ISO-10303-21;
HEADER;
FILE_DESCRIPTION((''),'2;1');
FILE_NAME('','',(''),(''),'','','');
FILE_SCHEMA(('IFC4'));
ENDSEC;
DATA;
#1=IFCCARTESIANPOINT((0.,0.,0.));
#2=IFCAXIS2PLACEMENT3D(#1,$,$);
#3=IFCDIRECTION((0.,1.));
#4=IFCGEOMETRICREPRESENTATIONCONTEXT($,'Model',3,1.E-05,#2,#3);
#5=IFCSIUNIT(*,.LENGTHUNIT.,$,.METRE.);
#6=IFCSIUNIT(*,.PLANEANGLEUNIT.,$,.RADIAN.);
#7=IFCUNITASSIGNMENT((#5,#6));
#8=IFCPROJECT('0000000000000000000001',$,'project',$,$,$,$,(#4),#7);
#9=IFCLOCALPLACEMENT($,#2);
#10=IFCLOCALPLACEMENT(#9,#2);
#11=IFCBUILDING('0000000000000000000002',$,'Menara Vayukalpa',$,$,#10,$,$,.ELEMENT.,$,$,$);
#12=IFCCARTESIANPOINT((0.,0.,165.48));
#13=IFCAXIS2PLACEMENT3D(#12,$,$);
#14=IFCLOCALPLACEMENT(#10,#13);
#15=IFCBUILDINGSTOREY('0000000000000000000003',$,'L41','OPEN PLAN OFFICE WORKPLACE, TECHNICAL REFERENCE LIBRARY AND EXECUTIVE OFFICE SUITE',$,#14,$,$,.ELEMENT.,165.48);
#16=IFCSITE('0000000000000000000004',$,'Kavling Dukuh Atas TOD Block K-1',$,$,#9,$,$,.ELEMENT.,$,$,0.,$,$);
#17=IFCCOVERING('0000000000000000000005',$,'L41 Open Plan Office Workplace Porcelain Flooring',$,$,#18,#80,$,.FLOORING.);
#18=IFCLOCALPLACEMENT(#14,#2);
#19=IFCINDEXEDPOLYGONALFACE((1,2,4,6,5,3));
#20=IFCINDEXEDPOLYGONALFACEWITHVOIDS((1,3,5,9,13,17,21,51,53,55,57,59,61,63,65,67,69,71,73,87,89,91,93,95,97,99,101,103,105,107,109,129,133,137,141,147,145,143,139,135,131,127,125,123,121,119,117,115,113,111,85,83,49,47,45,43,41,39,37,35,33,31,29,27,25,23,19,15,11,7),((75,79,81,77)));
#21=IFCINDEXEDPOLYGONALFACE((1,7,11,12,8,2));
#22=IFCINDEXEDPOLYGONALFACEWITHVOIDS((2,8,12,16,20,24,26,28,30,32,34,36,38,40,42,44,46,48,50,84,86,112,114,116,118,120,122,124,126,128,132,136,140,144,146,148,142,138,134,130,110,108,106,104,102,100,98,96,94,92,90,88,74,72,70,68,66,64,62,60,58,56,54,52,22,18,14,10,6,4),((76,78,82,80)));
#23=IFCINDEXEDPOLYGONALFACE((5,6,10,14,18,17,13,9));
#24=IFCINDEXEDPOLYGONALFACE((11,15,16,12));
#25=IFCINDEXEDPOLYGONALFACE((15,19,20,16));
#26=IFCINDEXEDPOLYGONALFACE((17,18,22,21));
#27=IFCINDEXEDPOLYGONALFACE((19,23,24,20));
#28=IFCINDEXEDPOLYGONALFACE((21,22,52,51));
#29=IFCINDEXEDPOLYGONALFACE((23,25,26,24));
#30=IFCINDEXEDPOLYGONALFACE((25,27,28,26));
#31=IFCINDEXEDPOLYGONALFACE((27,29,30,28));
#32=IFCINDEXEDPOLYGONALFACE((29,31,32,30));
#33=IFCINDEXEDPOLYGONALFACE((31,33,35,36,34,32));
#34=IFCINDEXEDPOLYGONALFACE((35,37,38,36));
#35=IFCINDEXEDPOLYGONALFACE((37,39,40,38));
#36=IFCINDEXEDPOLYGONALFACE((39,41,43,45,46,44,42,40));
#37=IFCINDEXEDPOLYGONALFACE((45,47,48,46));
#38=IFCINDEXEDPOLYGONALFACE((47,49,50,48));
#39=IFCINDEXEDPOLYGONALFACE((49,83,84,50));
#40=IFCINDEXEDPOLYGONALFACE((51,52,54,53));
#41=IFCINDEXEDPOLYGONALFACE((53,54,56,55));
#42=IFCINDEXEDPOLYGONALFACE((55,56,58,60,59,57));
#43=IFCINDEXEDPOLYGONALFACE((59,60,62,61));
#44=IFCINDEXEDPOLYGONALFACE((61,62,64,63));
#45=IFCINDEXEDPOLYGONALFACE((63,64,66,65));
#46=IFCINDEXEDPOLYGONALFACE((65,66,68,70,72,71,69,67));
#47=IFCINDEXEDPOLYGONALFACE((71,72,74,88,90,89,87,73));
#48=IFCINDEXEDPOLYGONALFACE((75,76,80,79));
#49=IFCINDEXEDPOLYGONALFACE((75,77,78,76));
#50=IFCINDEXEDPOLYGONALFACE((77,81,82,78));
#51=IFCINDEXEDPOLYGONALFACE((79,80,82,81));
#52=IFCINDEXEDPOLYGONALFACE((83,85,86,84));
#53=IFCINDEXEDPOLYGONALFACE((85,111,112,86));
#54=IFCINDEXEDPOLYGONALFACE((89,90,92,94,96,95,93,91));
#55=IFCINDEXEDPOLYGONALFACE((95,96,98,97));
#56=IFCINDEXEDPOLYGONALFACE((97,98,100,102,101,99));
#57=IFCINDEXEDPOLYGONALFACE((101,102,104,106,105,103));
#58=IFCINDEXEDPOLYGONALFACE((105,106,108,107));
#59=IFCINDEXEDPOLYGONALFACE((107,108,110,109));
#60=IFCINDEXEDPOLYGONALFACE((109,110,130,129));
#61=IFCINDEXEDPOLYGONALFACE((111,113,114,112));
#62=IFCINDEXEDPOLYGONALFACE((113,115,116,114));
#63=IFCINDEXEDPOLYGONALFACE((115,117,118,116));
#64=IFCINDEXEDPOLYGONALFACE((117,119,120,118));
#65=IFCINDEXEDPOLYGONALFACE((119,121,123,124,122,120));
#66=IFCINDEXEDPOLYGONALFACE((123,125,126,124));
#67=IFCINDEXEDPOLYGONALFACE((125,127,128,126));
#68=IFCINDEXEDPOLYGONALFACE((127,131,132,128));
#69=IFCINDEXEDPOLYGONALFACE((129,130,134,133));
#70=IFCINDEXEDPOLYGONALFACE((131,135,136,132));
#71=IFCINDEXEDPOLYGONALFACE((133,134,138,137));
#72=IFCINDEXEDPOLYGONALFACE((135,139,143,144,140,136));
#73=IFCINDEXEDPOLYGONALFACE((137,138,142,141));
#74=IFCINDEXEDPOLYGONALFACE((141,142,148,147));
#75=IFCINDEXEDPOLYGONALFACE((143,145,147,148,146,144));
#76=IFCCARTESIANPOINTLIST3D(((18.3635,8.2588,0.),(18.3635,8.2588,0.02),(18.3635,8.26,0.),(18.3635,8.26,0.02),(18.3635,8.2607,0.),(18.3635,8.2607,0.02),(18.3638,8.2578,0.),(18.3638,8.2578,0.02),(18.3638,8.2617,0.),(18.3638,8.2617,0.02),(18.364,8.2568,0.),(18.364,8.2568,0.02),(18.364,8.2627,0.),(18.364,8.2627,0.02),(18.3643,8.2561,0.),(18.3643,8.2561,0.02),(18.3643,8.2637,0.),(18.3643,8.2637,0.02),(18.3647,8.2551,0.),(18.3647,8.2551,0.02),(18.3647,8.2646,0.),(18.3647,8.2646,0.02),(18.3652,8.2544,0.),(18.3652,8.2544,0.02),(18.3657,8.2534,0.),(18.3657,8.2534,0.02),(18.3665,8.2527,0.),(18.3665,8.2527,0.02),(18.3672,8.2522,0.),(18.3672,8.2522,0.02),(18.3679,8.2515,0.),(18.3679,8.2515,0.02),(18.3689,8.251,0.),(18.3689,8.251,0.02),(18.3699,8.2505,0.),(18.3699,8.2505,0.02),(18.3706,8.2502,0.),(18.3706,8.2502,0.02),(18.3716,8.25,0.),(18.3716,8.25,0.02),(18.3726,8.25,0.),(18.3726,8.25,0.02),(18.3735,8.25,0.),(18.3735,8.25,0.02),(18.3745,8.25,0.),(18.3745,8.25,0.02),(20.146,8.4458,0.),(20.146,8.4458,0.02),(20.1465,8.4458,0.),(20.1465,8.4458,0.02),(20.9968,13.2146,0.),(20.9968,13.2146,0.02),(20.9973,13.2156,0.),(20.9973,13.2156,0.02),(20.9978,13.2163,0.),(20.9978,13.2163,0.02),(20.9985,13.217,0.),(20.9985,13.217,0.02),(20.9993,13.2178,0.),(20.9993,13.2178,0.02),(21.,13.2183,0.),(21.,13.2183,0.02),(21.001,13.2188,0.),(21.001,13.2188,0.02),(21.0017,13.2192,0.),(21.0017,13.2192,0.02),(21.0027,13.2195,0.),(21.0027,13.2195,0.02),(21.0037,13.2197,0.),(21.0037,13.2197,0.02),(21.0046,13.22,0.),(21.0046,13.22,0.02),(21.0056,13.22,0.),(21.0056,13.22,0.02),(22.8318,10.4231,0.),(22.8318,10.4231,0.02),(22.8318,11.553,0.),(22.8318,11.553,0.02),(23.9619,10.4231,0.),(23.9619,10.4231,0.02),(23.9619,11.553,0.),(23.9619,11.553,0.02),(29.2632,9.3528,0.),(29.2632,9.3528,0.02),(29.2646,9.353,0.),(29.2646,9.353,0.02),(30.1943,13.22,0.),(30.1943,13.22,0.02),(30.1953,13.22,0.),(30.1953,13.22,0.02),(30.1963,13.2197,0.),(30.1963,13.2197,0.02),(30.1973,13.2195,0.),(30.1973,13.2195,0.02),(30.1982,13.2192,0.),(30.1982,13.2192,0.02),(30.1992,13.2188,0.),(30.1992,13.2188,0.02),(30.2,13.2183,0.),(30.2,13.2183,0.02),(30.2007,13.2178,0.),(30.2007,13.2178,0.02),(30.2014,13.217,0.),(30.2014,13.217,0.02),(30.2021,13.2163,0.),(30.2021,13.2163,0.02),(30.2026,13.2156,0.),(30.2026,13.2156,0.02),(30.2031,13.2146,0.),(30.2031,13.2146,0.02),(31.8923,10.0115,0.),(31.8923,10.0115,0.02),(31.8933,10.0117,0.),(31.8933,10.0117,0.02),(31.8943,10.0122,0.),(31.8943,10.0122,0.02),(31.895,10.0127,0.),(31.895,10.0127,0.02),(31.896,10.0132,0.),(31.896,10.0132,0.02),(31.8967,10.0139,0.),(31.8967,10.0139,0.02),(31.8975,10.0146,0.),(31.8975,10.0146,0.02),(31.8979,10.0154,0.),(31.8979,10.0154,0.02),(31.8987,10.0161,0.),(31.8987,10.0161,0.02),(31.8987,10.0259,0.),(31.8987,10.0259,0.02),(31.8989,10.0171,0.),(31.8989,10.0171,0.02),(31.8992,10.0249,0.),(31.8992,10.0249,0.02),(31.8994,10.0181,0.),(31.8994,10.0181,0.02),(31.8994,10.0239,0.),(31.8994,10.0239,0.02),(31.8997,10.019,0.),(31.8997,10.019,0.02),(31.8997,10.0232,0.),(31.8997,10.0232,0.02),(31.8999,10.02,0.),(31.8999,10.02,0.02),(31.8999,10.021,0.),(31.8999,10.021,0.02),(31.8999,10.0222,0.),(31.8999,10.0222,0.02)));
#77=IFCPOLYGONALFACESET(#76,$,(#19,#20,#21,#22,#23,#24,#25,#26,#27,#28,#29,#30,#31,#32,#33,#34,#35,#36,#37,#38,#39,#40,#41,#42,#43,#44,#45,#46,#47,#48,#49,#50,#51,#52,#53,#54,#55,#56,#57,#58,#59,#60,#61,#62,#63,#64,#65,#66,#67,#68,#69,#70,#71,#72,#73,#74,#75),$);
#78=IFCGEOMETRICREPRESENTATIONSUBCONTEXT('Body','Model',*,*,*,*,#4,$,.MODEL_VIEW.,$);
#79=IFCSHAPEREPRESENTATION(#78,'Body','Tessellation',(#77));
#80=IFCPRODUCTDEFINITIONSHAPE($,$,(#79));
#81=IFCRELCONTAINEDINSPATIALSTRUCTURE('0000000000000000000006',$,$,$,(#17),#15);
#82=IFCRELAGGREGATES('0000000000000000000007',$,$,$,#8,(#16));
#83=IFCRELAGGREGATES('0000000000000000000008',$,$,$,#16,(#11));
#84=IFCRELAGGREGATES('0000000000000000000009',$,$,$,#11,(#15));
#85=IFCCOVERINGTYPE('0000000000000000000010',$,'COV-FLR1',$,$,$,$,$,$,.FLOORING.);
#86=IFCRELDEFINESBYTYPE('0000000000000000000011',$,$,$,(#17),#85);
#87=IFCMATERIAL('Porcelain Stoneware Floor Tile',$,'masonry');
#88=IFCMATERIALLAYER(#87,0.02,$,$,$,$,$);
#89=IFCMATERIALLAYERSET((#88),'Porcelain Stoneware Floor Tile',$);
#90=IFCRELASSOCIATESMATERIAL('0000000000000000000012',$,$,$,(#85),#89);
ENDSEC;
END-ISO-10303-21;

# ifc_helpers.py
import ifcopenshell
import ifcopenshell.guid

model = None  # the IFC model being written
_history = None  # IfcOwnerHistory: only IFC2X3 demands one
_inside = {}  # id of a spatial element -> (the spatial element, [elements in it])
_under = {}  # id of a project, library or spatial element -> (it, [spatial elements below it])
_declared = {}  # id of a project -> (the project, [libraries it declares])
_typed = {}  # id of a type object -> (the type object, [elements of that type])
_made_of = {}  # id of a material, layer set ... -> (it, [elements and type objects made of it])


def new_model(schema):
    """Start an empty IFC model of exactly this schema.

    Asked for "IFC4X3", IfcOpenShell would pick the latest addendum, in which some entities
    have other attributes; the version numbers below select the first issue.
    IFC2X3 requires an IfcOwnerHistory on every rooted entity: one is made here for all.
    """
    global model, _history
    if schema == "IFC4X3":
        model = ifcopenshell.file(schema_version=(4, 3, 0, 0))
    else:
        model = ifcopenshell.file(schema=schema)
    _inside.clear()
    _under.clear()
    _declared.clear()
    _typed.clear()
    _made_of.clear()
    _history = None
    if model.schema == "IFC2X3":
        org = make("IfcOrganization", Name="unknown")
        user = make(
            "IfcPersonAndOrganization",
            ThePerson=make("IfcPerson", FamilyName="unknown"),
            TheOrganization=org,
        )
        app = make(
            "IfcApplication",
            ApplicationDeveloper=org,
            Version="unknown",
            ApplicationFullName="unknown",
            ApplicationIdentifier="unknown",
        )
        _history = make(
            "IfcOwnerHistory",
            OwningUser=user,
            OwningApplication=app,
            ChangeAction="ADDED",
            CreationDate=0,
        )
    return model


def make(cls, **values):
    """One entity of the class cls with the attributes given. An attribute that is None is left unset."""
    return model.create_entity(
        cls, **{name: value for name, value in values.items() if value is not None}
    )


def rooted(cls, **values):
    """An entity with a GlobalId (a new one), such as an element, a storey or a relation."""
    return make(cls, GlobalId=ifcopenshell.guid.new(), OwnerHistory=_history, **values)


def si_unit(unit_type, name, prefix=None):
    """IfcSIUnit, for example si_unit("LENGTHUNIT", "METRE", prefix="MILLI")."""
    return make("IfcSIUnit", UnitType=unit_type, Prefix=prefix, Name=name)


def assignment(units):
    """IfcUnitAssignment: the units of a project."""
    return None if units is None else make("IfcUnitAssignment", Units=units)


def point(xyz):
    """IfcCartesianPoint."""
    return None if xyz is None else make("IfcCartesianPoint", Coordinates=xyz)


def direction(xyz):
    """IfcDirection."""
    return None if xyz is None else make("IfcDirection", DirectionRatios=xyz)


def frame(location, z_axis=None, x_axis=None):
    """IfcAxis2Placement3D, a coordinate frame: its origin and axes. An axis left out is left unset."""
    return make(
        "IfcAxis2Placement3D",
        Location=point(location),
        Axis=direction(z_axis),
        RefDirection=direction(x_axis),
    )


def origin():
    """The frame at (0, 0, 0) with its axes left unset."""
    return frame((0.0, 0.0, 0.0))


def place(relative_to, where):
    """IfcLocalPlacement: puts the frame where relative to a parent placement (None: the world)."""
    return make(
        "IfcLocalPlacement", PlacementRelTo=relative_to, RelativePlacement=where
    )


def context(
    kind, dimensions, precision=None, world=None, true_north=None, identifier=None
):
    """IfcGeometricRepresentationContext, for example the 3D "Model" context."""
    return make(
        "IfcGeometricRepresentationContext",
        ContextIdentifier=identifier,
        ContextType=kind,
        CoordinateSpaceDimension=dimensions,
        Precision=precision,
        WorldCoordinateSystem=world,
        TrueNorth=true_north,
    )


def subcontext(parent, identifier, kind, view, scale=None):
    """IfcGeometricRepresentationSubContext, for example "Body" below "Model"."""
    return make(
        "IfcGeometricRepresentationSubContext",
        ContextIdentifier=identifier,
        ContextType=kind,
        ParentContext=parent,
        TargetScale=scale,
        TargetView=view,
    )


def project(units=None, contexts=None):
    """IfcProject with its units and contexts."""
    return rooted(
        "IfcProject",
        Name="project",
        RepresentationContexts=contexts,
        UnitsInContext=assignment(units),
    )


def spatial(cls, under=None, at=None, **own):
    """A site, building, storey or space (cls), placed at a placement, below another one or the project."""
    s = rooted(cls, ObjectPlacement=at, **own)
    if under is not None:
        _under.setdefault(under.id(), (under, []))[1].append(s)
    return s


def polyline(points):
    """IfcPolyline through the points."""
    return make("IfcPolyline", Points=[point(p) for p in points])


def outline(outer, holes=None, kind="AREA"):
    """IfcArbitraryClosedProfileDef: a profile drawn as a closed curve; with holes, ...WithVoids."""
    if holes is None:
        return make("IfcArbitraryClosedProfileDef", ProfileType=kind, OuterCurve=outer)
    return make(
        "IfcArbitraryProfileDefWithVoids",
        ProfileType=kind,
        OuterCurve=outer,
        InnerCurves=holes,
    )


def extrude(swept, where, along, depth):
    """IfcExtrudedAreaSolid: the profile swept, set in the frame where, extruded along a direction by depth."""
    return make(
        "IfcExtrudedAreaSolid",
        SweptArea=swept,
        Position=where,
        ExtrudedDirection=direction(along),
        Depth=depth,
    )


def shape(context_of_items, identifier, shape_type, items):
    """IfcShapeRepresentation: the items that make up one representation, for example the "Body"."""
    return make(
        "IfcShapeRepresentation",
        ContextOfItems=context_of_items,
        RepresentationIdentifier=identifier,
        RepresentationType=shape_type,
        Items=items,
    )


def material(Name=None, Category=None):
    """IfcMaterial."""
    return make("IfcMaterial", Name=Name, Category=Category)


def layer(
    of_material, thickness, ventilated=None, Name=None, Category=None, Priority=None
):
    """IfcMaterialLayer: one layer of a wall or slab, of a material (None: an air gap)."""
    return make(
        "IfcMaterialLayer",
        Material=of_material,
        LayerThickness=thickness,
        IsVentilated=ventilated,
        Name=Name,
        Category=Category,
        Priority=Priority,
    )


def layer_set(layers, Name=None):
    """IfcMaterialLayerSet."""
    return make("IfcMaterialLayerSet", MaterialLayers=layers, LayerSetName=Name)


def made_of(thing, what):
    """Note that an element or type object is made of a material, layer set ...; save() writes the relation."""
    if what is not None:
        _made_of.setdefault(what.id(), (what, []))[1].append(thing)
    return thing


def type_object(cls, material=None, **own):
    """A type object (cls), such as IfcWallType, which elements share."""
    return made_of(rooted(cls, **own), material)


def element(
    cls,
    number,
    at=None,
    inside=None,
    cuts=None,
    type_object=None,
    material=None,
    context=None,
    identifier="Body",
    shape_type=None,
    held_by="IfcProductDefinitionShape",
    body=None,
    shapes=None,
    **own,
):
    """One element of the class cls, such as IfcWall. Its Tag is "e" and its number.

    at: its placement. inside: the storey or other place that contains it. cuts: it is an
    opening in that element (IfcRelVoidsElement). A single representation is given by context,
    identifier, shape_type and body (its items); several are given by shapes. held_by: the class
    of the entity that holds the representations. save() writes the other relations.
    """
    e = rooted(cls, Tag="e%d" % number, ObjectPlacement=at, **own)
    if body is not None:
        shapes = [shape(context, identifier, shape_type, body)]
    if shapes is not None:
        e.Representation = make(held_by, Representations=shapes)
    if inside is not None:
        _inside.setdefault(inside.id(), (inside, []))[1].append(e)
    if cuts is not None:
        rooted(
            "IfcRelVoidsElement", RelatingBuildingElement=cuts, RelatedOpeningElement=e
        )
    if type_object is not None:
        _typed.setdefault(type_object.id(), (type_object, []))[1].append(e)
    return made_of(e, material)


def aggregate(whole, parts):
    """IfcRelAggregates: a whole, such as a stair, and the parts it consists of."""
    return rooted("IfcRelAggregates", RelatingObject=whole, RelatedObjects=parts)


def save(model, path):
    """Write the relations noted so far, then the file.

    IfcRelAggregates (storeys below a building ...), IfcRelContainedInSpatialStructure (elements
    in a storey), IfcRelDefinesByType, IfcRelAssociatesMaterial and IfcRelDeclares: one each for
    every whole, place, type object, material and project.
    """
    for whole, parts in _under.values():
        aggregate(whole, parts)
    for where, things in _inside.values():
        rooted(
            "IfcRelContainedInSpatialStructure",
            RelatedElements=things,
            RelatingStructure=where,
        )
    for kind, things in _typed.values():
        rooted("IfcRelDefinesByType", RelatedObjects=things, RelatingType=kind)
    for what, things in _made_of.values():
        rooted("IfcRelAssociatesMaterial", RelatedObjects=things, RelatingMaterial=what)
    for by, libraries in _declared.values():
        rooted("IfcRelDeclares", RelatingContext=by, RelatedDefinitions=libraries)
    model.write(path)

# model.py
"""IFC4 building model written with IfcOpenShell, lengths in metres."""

from ifc_helpers import new_model, si_unit, direction, frame, origin, place, context, subcontext, project, spatial, polyline, outline, extrude, material, layer, layer_set, type_object, element, save


model = new_model("IFC4")

# Units and contexts
model_context = context("Model", 3, precision=1e-05, world=origin(), true_north=direction((0.0, 1.0)))
body_context = subcontext(model_context, "Body", "Model", "MODEL_VIEW")
ifc_project = project(units=[si_unit("LENGTHUNIT", "METRE"), si_unit("PLANEANGLEUNIT", "RADIAN")], contexts=[model_context])

# Site, building, storey
site_placement = place(None, origin())
site = spatial("IfcSite", under=ifc_project, at=site_placement, Name="Kavling Dukuh Atas TOD Block K-1", CompositionType="ELEMENT", RefElevation=0.0)
building_placement = place(site_placement, origin())
building = spatial("IfcBuilding", under=site, at=building_placement, Name="Menara Vayukalpa", CompositionType="ELEMENT")
storey_placement = place(building_placement, frame((0.0, 0.0, 165.48)))
storey = spatial("IfcBuildingStorey", under=building, at=storey_placement, Name="L41", Description="OPEN PLAN OFFICE WORKPLACE, TECHNICAL REFERENCE LIBRARY AND EXECUTIVE OFFICE SUITE", CompositionType="ELEMENT", Elevation=165.48)

# Covering
ifc_material_1 = material(Name="Porcelain Stoneware Floor Tile", Category="masonry")
ifc_layer_1 = layer(ifc_material_1, 0.02)
ifc_layer_set_1 = layer_set([ifc_layer_1], Name="Porcelain Stoneware Floor Tile")
covering_type_1 = type_object("IfcCoveringType", Name="COV-FLR1", PredefinedType="FLOORING", material=ifc_layer_set_1)
covering_1_placement = place(storey_placement, origin())
element("IfcCovering", 1, at=covering_1_placement, inside=storey, type_object=covering_type_1, Name="L41 Open Plan Office Workplace Porcelain Flooring", PredefinedType="FLOORING", context=body_context, shape_type="SweptSolid", body=[
    extrude(outline(polyline([(18.3735, 8.25), (18.3726, 8.25), (18.3716, 8.25), (18.3706, 8.2502), (18.3699, 8.2505), (18.3689, 8.251), (18.3679, 8.2515), (18.3672, 8.2522), (18.3665, 8.2527), (18.3657, 8.2534), (18.3652, 8.2544), (18.3647, 8.2551), (18.3643, 8.2561), (18.364, 8.2568), (18.3638, 8.2578), (18.3635, 8.2588), (18.3635, 8.26), (18.3635, 8.2607), (18.3638, 8.2617), (18.364, 8.2627), (18.3643, 8.2637), (18.3647, 8.2646), (20.9968, 13.2146), (20.9973, 13.2156), (20.9978, 13.2163), (20.9985, 13.217), (20.9993, 13.2178), (21.0, 13.2183), (21.001, 13.2188), (21.0017, 13.2192), (21.0027, 13.2195), (21.0037, 13.2197), (21.0046, 13.22), (21.0056, 13.22), (30.1943, 13.22), (30.1953, 13.22), (30.1963, 13.2197), (30.1973, 13.2195), (30.1982, 13.2192), (30.1992, 13.2188), (30.2, 13.2183), (30.2007, 13.2178), (30.2014, 13.217), (30.2021, 13.2163), (30.2026, 13.2156), (30.2031, 13.2146), (31.8987, 10.0259), (31.8992, 10.0249), (31.8994, 10.0239), (31.8997, 10.0232), (31.8999, 10.0222), (31.8999, 10.021), (31.8999, 10.02), (31.8997, 10.019), (31.8994, 10.0181), (31.8989, 10.0171), (31.8987, 10.0161), (31.8979, 10.0154), (31.8975, 10.0146), (31.8967, 10.0139), (31.896, 10.0132), (31.895, 10.0127), (31.8943, 10.0122), (31.8933, 10.0117), (31.8923, 10.0115), (29.2646, 9.353), (29.2632, 9.3528), (20.1465, 8.4458), (20.146, 8.4458), (18.3745, 8.25), (18.3735, 8.25)]), holes=[polyline([(23.9619, 11.553), (22.8318, 11.553), (22.8318, 10.4231), (23.9619, 10.4231), (23.9619, 11.553)])]), origin(), (0.0, 0.0, 1.0), 0.02),
])

save(model, "model.ifc")
